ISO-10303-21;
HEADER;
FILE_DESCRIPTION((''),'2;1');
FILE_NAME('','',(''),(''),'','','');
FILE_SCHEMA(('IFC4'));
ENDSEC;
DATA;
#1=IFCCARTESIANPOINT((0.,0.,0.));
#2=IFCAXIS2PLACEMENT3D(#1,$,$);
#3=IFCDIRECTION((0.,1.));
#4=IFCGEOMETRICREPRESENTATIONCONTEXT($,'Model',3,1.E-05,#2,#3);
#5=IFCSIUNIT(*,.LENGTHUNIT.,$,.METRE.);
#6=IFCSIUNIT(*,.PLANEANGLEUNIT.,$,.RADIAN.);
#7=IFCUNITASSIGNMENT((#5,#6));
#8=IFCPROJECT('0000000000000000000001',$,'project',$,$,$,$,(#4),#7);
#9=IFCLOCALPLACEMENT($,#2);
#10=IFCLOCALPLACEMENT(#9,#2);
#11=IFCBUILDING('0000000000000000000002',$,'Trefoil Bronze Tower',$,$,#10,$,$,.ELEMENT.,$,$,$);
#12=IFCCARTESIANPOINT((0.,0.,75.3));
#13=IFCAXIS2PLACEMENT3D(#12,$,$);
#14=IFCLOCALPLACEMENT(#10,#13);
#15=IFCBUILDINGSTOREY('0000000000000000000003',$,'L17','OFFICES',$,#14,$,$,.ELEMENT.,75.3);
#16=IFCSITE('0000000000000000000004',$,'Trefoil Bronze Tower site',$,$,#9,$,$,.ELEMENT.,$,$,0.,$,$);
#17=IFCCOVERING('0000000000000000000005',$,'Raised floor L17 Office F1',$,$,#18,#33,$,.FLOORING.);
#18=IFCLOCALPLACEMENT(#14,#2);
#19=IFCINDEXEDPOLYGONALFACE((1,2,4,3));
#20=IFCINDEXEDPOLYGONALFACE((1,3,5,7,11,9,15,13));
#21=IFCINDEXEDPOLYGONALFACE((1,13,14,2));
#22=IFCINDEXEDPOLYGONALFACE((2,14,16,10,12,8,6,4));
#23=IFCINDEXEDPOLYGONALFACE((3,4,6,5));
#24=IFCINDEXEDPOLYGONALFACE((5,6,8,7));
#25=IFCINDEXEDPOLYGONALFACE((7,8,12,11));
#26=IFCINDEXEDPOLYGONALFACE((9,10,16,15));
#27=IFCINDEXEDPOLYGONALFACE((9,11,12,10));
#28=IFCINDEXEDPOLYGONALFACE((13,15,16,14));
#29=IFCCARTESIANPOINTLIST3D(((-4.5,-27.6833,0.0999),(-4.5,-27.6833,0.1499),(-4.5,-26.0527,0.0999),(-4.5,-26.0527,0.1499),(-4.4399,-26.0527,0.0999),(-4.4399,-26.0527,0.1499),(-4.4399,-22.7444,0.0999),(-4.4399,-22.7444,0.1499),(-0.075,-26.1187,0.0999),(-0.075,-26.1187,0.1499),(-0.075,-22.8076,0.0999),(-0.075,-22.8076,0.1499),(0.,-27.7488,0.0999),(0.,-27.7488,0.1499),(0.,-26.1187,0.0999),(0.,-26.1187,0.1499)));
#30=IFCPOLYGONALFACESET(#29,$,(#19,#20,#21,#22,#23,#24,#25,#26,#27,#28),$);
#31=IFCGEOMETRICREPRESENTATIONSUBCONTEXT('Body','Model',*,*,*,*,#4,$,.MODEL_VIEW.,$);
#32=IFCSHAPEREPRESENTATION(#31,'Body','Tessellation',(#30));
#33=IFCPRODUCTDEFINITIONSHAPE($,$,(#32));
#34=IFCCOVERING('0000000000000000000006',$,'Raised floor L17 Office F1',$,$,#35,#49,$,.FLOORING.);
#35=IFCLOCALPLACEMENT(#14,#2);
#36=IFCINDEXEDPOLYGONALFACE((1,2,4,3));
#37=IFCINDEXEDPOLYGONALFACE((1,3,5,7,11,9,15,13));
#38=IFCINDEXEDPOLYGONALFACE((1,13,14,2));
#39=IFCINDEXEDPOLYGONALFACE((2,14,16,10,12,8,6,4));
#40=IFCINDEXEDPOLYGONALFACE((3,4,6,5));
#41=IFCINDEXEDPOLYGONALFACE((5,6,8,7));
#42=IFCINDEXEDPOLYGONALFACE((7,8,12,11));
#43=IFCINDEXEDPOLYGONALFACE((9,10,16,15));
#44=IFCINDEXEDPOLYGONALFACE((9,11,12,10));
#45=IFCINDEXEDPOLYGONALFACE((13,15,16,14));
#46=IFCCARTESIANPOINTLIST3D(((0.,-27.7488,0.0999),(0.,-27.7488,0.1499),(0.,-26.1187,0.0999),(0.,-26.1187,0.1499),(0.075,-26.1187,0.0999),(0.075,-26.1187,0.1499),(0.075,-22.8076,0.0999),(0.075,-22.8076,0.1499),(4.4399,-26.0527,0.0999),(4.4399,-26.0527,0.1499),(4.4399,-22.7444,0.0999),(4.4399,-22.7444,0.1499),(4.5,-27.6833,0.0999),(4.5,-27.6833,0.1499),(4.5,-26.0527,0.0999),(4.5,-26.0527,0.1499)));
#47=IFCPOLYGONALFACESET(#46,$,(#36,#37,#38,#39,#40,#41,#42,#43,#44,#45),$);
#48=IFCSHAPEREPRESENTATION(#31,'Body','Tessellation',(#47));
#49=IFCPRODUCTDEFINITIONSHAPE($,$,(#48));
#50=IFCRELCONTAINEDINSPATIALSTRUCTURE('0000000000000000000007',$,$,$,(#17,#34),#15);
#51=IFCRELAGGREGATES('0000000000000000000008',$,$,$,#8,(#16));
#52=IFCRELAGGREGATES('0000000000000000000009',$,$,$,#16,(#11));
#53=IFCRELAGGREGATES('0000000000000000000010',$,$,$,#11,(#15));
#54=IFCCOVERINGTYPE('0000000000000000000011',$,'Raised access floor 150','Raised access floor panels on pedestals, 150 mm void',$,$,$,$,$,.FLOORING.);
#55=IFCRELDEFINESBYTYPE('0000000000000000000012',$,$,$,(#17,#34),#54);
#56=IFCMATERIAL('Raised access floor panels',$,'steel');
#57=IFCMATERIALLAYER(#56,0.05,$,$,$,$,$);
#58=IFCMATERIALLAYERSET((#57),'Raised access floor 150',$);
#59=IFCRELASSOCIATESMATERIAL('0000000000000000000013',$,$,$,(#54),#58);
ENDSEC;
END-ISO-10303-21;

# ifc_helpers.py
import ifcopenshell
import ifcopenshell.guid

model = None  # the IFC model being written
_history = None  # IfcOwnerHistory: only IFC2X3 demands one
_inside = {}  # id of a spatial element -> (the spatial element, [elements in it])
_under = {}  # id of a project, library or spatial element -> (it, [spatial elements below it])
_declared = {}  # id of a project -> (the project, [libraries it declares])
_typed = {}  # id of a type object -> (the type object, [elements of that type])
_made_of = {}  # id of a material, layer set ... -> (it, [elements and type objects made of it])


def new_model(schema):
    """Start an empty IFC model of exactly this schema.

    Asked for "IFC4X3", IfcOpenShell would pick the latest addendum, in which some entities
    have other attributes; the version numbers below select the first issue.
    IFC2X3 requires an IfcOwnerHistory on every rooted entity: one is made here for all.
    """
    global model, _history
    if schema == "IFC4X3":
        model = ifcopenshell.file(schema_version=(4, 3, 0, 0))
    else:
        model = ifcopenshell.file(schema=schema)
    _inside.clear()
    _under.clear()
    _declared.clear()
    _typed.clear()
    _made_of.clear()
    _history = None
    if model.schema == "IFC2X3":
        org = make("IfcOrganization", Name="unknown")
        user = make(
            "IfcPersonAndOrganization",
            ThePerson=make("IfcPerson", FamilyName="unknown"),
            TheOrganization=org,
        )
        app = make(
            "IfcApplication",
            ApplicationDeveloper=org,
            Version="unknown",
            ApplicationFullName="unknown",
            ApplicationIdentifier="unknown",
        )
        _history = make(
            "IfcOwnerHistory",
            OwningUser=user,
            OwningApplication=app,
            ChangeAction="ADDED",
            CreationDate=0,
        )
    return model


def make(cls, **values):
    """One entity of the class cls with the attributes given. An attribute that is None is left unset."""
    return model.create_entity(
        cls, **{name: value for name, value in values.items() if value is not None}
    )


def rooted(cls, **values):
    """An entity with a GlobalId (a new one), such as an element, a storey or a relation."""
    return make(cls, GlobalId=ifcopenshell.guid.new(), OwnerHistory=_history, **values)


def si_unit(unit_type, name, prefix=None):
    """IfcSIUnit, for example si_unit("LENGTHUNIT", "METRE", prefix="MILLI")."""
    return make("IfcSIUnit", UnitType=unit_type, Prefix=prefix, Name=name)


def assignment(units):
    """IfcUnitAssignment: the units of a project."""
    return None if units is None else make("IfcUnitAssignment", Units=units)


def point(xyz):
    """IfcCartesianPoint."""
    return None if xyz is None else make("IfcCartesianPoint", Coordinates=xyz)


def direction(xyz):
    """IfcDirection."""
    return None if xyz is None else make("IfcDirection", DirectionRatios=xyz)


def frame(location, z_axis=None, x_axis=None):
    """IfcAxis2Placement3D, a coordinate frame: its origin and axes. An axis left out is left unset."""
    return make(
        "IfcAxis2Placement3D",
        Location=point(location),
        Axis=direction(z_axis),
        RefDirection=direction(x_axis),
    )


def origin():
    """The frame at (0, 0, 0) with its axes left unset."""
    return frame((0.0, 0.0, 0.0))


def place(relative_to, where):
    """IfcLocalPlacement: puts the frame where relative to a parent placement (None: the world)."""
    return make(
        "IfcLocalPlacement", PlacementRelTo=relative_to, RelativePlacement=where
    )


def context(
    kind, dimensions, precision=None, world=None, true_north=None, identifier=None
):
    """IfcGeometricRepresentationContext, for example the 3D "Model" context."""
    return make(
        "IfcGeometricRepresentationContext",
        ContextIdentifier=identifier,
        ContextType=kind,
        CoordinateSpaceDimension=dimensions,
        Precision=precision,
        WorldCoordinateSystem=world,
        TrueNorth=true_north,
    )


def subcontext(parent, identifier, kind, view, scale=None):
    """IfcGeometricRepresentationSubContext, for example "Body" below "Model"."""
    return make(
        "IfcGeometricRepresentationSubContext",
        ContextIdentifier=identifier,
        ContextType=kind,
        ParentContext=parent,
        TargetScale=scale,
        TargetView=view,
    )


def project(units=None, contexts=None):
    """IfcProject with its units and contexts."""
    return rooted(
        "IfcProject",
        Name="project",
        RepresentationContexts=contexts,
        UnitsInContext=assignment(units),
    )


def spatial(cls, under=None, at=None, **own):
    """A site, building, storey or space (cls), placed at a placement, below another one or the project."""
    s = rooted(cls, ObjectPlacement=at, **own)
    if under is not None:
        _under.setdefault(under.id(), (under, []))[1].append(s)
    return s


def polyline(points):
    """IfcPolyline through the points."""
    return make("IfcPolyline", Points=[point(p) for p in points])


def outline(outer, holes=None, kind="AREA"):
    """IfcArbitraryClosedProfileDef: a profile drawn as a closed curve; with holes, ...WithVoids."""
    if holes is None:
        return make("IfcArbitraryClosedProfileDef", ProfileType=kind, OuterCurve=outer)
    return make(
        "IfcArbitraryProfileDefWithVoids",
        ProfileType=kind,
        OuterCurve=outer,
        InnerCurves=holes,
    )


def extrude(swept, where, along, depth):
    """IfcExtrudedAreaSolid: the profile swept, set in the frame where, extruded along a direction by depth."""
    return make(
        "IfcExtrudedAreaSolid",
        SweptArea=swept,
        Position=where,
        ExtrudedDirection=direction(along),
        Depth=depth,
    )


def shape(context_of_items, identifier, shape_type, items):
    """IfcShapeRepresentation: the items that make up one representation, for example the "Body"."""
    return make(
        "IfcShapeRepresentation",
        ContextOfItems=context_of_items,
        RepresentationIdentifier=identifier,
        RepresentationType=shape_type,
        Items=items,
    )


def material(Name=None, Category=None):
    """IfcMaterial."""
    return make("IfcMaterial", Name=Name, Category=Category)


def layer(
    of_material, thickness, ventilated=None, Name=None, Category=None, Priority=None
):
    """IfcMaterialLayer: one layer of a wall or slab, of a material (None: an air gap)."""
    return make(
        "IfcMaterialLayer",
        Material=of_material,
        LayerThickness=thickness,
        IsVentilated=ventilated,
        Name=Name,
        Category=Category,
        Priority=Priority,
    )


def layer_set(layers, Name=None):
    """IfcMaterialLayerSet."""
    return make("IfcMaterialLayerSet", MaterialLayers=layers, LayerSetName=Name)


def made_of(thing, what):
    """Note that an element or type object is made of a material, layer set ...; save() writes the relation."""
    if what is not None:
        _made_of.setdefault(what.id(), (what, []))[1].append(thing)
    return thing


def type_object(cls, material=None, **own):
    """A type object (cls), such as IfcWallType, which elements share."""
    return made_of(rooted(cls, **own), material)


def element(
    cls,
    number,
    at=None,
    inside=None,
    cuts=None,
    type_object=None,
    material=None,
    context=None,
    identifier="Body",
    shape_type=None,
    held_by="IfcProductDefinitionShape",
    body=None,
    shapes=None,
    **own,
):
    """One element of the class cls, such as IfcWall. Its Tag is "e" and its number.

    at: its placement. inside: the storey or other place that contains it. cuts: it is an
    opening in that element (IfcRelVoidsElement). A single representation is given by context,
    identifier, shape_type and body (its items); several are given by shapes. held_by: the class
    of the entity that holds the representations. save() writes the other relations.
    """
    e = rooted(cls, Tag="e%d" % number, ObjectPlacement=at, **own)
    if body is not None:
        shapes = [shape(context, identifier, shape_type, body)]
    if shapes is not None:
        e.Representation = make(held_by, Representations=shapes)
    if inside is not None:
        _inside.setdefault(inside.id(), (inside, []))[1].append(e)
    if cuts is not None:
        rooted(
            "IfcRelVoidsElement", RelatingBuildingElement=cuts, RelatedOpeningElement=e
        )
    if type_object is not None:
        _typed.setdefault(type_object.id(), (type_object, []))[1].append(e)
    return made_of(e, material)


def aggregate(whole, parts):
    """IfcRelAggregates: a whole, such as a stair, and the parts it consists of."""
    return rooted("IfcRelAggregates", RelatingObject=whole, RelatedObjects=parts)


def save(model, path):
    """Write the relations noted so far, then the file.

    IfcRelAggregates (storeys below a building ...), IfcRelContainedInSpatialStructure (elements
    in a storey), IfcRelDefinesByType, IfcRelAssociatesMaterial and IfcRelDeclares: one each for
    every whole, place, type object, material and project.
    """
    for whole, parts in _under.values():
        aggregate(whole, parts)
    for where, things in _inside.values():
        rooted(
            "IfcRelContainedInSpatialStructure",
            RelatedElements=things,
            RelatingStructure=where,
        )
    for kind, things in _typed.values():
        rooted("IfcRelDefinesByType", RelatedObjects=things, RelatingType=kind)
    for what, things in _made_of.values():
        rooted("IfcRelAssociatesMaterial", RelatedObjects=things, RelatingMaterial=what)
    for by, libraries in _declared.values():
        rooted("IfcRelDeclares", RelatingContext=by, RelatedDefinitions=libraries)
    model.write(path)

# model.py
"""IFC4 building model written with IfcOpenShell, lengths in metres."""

from ifc_helpers import new_model, si_unit, direction, frame, origin, place, context, subcontext, project, spatial, polyline, outline, extrude, material, layer, layer_set, type_object, element, save


model = new_model("IFC4")

# Units and contexts
model_context = context("Model", 3, precision=1e-05, world=origin(), true_north=direction((0.0, 1.0)))
body_context = subcontext(model_context, "Body", "Model", "MODEL_VIEW")
ifc_project = project(units=[si_unit("LENGTHUNIT", "METRE"), si_unit("PLANEANGLEUNIT", "RADIAN")], contexts=[model_context])

# Site, building, storey
site_placement = place(None, origin())
site = spatial("IfcSite", under=ifc_project, at=site_placement, Name="Trefoil Bronze Tower site", CompositionType="ELEMENT", RefElevation=0.0)
building_placement = place(site_placement, origin())
building = spatial("IfcBuilding", under=site, at=building_placement, Name="Trefoil Bronze Tower", CompositionType="ELEMENT")
storey_placement = place(building_placement, frame((0.0, 0.0, 75.3)))
storey = spatial("IfcBuildingStorey", under=building, at=storey_placement, Name="L17", Description="OFFICES", CompositionType="ELEMENT", Elevation=75.3)

# Coverings
ifc_material_1 = material(Name="Raised access floor panels", Category="steel")
ifc_layer_1 = layer(ifc_material_1, 0.05)
ifc_layer_set_1 = layer_set([ifc_layer_1], Name="Raised access floor 150")
covering_type_1 = type_object("IfcCoveringType", Name="Raised access floor 150", Description="Raised access floor panels on pedestals, 150 mm void", PredefinedType="FLOORING", material=ifc_layer_set_1)
covering_1_placement = place(storey_placement, frame((0.0, 0.0, 0.0999)))
element("IfcCovering", 1, at=covering_1_placement, inside=storey, type_object=covering_type_1, Name="Raised floor L17 Office F1", PredefinedType="FLOORING", context=body_context, shape_type="SweptSolid", body=[
    extrude(outline(polyline([(0.0, -27.7488), (-4.5, -27.6833), (-4.5, -26.0527), (-4.4399, -26.0527), (-4.4399, -22.7444), (-0.075, -22.8076), (-0.075, -26.1187), (0.0, -26.1187), (0.0, -27.7488)])), origin(), (0.0, 0.0, 1.0), 0.05),
])
covering_2_placement = place(storey_placement, frame((0.0, 0.0, 0.0999)))
element("IfcCovering", 2, at=covering_2_placement, inside=storey, type_object=covering_type_1, Name="Raised floor L17 Office F1", PredefinedType="FLOORING", context=body_context, shape_type="SweptSolid", body=[
    extrude(outline(polyline([(4.5, -27.6833), (0.0, -27.7488), (0.0, -26.1187), (0.075, -26.1187), (0.075, -22.8076), (4.4399, -22.7444), (4.4399, -26.0527), (4.5, -26.0527), (4.5, -27.6833)])), origin(), (0.0, 0.0, 1.0), 0.05),
])

save(model, "model.ifc")
